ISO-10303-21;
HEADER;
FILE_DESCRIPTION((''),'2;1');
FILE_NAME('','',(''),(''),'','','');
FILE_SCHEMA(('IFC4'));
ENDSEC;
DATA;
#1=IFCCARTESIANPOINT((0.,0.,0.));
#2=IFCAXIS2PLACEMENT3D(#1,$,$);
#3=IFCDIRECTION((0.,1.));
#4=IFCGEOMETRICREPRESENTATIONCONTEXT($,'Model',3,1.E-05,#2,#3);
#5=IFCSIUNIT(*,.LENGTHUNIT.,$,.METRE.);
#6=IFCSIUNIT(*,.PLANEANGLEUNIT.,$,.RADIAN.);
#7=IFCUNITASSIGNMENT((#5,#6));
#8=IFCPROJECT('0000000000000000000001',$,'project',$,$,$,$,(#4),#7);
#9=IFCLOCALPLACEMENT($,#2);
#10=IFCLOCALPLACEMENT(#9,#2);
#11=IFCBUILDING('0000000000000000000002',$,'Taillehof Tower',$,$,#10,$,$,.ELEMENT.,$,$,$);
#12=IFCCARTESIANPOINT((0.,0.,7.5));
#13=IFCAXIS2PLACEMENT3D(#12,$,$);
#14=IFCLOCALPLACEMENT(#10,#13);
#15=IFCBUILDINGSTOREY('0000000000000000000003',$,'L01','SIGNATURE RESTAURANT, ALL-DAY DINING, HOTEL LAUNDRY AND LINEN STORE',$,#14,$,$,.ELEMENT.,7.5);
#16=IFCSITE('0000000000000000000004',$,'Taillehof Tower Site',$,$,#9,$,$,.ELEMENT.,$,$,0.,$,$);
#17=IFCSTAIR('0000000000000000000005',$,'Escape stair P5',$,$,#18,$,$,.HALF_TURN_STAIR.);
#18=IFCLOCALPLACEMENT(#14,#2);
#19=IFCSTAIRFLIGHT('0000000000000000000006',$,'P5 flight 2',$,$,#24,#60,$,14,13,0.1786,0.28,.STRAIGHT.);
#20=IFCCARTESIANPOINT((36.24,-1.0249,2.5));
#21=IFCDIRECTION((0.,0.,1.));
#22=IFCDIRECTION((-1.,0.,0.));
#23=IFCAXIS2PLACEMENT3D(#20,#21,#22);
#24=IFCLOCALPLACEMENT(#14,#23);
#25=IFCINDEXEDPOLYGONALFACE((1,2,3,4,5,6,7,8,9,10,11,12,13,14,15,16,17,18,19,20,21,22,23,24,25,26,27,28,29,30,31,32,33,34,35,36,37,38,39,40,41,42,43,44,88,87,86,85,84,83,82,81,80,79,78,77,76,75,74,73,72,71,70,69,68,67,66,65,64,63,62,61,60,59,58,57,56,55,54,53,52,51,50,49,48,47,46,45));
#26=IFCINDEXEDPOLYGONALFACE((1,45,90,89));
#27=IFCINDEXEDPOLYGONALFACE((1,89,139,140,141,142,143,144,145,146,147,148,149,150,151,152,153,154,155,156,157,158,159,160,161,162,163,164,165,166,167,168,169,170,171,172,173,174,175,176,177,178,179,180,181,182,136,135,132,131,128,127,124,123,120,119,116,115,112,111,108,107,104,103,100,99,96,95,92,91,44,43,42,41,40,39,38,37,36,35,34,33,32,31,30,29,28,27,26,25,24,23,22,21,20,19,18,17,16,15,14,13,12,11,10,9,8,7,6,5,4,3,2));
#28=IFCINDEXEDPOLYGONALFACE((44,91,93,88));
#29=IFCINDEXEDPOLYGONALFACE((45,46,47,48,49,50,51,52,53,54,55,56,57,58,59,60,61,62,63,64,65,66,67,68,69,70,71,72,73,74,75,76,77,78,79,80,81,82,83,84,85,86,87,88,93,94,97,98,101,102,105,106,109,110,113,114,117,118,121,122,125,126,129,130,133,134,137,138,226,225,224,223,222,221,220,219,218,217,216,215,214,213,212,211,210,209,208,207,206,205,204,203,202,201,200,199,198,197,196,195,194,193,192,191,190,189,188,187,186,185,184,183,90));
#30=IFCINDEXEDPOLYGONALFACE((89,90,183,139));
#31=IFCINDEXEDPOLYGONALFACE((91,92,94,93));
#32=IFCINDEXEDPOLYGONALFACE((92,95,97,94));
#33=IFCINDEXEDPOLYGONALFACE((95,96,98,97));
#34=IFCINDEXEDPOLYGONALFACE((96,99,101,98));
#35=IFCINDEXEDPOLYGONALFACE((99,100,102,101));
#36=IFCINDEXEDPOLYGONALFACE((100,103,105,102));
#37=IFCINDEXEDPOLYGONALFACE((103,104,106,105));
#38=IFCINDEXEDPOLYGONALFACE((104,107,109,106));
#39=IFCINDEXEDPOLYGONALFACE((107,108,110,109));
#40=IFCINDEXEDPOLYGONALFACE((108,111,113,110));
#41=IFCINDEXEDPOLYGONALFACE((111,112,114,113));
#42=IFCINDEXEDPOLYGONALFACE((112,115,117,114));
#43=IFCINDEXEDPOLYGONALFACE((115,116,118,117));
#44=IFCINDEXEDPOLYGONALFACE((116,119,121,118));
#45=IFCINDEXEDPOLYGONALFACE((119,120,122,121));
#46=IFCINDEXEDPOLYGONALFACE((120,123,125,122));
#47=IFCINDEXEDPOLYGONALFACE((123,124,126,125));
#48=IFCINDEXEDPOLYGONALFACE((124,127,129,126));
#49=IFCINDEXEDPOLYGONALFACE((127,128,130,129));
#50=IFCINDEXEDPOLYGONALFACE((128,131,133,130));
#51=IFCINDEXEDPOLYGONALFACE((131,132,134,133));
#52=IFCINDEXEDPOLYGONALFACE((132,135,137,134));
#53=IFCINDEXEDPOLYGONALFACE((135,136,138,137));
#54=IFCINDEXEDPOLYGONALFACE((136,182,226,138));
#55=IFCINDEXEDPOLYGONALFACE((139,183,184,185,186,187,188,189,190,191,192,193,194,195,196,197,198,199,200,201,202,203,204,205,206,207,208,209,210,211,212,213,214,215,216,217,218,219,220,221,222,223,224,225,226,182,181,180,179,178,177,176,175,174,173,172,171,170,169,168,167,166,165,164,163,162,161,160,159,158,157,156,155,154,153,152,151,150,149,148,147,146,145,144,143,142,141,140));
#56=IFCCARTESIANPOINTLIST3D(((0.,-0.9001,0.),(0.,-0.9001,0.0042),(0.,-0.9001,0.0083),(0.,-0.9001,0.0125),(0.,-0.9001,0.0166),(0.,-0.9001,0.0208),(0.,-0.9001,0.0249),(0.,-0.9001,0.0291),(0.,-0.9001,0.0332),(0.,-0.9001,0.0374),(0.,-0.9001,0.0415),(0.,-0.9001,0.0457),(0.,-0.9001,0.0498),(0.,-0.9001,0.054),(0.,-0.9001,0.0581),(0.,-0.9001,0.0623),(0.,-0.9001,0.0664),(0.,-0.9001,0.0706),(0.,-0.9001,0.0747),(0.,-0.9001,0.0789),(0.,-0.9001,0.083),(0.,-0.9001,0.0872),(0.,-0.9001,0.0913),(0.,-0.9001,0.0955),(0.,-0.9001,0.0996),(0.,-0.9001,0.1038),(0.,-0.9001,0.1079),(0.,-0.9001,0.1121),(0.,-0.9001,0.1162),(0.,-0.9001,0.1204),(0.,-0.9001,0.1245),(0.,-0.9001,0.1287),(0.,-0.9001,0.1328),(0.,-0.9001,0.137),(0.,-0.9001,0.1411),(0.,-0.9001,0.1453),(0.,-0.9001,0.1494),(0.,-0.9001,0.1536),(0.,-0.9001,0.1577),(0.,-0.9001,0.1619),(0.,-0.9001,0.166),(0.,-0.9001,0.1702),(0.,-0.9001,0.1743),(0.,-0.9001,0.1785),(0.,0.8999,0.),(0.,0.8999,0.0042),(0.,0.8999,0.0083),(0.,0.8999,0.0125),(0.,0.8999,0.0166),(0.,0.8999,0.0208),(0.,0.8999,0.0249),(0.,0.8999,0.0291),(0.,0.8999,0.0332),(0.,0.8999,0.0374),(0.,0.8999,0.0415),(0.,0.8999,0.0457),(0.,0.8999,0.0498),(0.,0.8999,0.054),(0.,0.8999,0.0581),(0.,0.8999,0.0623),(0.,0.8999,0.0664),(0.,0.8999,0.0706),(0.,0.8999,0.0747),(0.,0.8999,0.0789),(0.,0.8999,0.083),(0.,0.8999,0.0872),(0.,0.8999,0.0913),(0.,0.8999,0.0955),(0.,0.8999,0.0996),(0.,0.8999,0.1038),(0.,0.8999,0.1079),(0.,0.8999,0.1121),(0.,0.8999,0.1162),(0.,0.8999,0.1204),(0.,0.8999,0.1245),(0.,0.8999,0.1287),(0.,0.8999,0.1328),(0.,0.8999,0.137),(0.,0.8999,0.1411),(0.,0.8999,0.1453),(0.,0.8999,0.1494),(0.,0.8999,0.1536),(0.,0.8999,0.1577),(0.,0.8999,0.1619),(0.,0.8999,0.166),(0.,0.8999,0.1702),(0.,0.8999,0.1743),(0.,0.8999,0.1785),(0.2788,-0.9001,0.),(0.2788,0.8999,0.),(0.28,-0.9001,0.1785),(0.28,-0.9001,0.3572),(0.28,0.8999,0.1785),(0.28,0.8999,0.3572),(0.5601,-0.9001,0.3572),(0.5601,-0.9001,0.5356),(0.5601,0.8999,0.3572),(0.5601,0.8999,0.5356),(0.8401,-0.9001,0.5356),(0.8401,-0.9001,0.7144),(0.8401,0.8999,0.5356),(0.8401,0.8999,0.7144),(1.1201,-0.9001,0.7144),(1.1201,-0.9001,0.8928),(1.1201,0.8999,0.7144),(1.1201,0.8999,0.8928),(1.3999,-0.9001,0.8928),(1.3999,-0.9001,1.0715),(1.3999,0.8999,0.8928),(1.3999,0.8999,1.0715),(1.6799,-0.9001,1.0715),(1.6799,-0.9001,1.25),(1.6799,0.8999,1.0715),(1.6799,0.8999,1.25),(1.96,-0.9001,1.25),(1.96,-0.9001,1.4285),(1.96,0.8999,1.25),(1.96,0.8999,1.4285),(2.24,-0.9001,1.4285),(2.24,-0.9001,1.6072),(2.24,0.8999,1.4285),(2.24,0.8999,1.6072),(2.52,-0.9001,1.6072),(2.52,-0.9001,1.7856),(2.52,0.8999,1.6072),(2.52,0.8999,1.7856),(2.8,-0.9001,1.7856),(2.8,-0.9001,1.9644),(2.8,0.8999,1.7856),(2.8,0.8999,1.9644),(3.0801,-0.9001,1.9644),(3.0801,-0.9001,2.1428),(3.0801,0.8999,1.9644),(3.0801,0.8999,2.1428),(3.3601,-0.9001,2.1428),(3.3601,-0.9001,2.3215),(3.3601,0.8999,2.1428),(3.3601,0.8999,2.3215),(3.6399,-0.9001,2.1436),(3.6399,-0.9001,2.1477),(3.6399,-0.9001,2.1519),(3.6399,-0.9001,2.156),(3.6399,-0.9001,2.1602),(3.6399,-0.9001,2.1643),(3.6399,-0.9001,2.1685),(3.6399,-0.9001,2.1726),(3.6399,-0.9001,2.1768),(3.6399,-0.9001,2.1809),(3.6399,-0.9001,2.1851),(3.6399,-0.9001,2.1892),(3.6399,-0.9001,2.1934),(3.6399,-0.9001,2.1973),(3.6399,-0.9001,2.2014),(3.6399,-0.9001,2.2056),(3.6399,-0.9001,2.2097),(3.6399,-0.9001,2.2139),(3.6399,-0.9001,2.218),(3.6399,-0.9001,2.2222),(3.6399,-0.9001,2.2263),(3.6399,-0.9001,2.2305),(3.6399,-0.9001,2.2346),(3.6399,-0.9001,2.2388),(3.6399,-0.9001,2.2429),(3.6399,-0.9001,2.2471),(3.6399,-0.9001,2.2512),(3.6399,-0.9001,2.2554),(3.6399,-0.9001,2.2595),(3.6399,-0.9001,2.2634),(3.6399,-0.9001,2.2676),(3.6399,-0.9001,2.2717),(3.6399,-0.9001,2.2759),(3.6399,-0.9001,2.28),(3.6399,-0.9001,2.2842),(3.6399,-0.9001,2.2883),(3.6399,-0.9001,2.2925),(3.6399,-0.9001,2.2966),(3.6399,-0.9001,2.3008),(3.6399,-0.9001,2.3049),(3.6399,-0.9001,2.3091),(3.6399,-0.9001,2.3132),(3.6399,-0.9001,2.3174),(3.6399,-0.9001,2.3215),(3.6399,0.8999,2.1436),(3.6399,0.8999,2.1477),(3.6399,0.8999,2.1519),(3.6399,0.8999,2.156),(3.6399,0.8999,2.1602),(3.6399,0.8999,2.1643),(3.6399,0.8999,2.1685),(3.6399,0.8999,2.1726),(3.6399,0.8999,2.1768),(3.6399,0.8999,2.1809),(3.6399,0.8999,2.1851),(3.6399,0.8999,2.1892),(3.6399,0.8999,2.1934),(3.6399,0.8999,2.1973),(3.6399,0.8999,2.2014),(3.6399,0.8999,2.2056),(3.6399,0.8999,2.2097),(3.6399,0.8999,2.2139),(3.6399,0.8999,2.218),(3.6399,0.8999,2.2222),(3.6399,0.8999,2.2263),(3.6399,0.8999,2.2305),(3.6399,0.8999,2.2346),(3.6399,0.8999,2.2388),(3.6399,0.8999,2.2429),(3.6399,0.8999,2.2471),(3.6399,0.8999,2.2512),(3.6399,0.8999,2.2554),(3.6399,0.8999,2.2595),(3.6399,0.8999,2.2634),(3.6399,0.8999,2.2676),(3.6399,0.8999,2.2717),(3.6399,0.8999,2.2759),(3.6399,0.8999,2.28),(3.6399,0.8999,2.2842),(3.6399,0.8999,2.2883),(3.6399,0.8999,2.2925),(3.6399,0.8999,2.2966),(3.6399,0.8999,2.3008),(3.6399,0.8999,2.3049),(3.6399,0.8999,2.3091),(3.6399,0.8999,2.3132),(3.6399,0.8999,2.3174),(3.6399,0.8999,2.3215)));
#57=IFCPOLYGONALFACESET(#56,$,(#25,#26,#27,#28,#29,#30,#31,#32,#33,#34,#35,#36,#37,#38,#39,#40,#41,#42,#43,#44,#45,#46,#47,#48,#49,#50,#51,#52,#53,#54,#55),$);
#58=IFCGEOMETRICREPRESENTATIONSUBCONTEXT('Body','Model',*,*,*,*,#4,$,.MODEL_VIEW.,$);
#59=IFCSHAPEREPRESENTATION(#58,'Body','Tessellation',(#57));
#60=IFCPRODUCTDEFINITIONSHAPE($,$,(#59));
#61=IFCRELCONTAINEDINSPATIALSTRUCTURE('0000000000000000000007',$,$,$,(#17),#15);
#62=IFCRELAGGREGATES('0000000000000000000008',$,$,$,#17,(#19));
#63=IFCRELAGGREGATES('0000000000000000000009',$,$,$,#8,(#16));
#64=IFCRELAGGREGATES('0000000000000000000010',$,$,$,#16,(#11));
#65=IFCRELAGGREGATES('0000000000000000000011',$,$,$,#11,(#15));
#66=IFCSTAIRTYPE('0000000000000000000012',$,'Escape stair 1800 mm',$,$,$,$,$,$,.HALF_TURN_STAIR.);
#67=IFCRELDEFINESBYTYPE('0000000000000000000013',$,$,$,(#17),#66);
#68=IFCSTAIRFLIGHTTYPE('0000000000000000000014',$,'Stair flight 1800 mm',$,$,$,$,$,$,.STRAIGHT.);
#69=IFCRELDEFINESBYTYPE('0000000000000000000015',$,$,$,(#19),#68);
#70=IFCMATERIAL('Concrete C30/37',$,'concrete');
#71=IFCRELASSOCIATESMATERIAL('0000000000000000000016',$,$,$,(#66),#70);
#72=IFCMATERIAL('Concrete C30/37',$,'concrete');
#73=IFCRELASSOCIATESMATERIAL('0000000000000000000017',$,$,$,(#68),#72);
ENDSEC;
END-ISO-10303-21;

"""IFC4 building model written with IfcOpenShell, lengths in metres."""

from ifc_helpers import new_model, si_unit, direction, frame, origin, place, context, subcontext, project, spatial, polyline, outline, extrude, material, type_object, element, aggregate, save


model = new_model("IFC4")

# Units and contexts
model_context = context("Model", 3, precision=1e-05, world=origin(), true_north=direction((0.0, 1.0)))
body_context = subcontext(model_context, "Body", "Model", "MODEL_VIEW")
ifc_project = project(units=[si_unit("LENGTHUNIT", "METRE"), si_unit("PLANEANGLEUNIT", "RADIAN")], contexts=[model_context])

# Site, building, storey
site_placement = place(None, origin())
site = spatial("IfcSite", under=ifc_project, at=site_placement, Name="Taillehof Tower Site", CompositionType="ELEMENT", RefElevation=0.0)
building_placement = place(site_placement, origin())
building = spatial("IfcBuilding", under=site, at=building_placement, Name="Taillehof Tower", CompositionType="ELEMENT")
storey_placement = place(building_placement, frame((0.0, 0.0, 7.5)))
storey = spatial("IfcBuildingStorey", under=building, at=storey_placement, Name="L01", Description="SIGNATURE RESTAURANT, ALL-DAY DINING, HOTEL LAUNDRY AND LINEN STORE", CompositionType="ELEMENT", Elevation=7.5)

# Stair, stair flight
ifc_material_1 = material(Name="Concrete C30/37", Category="concrete")
stair_type = type_object("IfcStairType", Name="Escape stair 1800 mm", PredefinedType="HALF_TURN_STAIR", material=ifc_material_1)
stair_placement = place(storey_placement, origin())
stair = element("IfcStair", 1, at=stair_placement, inside=storey, type_object=stair_type, Name="Escape stair P5", PredefinedType="HALF_TURN_STAIR")
ifc_material_2 = material(Name="Concrete C30/37", Category="concrete")
stair_flight_type = type_object("IfcStairFlightType", Name="Stair flight 1800 mm", PredefinedType="STRAIGHT", material=ifc_material_2)
stair_flight_placement = place(storey_placement, frame((36.24, -1.0249, 2.5), z_axis=(0.0, 0.0, 1.0), x_axis=(-1.0, 0.0, 0.0)))
stair_flight = element("IfcStairFlight", 2, at=stair_flight_placement, type_object=stair_flight_type, Name="P5 flight 2", NumberOfRisers=14, NumberOfTreads=13, PredefinedType="STRAIGHT", RiserHeight=0.1786, TreadLength=0.28, context=body_context, shape_type="SweptSolid", body=[
    extrude(outline(polyline([(0.0, 0.0), (0.0, 0.0042), (0.0, 0.0083), (0.0, 0.0125), (0.0, 0.0166), (0.0, 0.0208), (0.0, 0.0249), (0.0, 0.0291), (0.0, 0.0332), (0.0, 0.0374), (0.0, 0.0415), (0.0, 0.0457), (0.0, 0.0498), (0.0, 0.054), (0.0, 0.0581), (0.0, 0.0623), (0.0, 0.0664), (0.0, 0.0706), (0.0, 0.0747), (0.0, 0.0789), (0.0, 0.083), (0.0, 0.0872), (0.0, 0.0913), (0.0, 0.0955), (0.0, 0.0996), (0.0, 0.1038), (0.0, 0.1079), (0.0, 0.1121), (0.0, 0.1162), (0.0, 0.1204), (0.0, 0.1245), (0.0, 0.1287), (0.0, 0.1328), (0.0, 0.137), (0.0, 0.1411), (0.0, 0.1453), (0.0, 0.1494), (0.0, 0.1536), (0.0, 0.1577), (0.0, 0.1619), (0.0, 0.166), (0.0, 0.1702), (0.0, 0.1743), (0.0, 0.1785), (0.28, 0.1785), (0.28, 0.3572), (0.5601, 0.3572), (0.5601, 0.5356), (0.8401, 0.5356), (0.8401, 0.7144), (1.1201, 0.7144), (1.1201, 0.8928), (1.3999, 0.8928), (1.3999, 1.0715), (1.6799, 1.0715), (1.6799, 1.25), (1.96, 1.25), (1.96, 1.4285), (2.24, 1.4285), (2.24, 1.6072), (2.52, 1.6072), (2.52, 1.7856), (2.8, 1.7856), (2.8, 1.9644), (3.0801, 1.9644), (3.0801, 2.1428), (3.3601, 2.1428), (3.3601, 2.3215), (3.6399, 2.3215), (3.6399, 2.3174), (3.6399, 2.3132), (3.6399, 2.3091), (3.6399, 2.3049), (3.6399, 2.3008), (3.6399, 2.2966), (3.6399, 2.2925), (3.6399, 2.2883), (3.6399, 2.2842), (3.6399, 2.28), (3.6399, 2.2759), (3.6399, 2.2717), (3.6399, 2.2676), (3.6399, 2.2634), (3.6399, 2.2595), (3.6399, 2.2554), (3.6399, 2.2512), (3.6399, 2.2471), (3.6399, 2.2429), (3.6399, 2.2388), (3.6399, 2.2346), (3.6399, 2.2305), (3.6399, 2.2263), (3.6399, 2.2222), (3.6399, 2.218), (3.6399, 2.2139), (3.6399, 2.2097), (3.6399, 2.2056), (3.6399, 2.2014), (3.6399, 2.1973), (3.6399, 2.1934), (3.6399, 2.1892), (3.6399, 2.1851), (3.6399, 2.1809), (3.6399, 2.1768), (3.6399, 2.1726), (3.6399, 2.1685), (3.6399, 2.1643), (3.6399, 2.1602), (3.6399, 2.156), (3.6399, 2.1519), (3.6399, 2.1477), (3.6399, 2.1436), (0.2788, 0.0), (0.0, 0.0)])), frame((0.0, 0.8999, 0.0), z_axis=(0.0, -1.0, 0.0), x_axis=(1.0, 0.0, 0.0)), (0.0, 0.0, 1.0), 1.8),
])
aggregate(stair, [stair_flight])

save(model, "model.ifc")
